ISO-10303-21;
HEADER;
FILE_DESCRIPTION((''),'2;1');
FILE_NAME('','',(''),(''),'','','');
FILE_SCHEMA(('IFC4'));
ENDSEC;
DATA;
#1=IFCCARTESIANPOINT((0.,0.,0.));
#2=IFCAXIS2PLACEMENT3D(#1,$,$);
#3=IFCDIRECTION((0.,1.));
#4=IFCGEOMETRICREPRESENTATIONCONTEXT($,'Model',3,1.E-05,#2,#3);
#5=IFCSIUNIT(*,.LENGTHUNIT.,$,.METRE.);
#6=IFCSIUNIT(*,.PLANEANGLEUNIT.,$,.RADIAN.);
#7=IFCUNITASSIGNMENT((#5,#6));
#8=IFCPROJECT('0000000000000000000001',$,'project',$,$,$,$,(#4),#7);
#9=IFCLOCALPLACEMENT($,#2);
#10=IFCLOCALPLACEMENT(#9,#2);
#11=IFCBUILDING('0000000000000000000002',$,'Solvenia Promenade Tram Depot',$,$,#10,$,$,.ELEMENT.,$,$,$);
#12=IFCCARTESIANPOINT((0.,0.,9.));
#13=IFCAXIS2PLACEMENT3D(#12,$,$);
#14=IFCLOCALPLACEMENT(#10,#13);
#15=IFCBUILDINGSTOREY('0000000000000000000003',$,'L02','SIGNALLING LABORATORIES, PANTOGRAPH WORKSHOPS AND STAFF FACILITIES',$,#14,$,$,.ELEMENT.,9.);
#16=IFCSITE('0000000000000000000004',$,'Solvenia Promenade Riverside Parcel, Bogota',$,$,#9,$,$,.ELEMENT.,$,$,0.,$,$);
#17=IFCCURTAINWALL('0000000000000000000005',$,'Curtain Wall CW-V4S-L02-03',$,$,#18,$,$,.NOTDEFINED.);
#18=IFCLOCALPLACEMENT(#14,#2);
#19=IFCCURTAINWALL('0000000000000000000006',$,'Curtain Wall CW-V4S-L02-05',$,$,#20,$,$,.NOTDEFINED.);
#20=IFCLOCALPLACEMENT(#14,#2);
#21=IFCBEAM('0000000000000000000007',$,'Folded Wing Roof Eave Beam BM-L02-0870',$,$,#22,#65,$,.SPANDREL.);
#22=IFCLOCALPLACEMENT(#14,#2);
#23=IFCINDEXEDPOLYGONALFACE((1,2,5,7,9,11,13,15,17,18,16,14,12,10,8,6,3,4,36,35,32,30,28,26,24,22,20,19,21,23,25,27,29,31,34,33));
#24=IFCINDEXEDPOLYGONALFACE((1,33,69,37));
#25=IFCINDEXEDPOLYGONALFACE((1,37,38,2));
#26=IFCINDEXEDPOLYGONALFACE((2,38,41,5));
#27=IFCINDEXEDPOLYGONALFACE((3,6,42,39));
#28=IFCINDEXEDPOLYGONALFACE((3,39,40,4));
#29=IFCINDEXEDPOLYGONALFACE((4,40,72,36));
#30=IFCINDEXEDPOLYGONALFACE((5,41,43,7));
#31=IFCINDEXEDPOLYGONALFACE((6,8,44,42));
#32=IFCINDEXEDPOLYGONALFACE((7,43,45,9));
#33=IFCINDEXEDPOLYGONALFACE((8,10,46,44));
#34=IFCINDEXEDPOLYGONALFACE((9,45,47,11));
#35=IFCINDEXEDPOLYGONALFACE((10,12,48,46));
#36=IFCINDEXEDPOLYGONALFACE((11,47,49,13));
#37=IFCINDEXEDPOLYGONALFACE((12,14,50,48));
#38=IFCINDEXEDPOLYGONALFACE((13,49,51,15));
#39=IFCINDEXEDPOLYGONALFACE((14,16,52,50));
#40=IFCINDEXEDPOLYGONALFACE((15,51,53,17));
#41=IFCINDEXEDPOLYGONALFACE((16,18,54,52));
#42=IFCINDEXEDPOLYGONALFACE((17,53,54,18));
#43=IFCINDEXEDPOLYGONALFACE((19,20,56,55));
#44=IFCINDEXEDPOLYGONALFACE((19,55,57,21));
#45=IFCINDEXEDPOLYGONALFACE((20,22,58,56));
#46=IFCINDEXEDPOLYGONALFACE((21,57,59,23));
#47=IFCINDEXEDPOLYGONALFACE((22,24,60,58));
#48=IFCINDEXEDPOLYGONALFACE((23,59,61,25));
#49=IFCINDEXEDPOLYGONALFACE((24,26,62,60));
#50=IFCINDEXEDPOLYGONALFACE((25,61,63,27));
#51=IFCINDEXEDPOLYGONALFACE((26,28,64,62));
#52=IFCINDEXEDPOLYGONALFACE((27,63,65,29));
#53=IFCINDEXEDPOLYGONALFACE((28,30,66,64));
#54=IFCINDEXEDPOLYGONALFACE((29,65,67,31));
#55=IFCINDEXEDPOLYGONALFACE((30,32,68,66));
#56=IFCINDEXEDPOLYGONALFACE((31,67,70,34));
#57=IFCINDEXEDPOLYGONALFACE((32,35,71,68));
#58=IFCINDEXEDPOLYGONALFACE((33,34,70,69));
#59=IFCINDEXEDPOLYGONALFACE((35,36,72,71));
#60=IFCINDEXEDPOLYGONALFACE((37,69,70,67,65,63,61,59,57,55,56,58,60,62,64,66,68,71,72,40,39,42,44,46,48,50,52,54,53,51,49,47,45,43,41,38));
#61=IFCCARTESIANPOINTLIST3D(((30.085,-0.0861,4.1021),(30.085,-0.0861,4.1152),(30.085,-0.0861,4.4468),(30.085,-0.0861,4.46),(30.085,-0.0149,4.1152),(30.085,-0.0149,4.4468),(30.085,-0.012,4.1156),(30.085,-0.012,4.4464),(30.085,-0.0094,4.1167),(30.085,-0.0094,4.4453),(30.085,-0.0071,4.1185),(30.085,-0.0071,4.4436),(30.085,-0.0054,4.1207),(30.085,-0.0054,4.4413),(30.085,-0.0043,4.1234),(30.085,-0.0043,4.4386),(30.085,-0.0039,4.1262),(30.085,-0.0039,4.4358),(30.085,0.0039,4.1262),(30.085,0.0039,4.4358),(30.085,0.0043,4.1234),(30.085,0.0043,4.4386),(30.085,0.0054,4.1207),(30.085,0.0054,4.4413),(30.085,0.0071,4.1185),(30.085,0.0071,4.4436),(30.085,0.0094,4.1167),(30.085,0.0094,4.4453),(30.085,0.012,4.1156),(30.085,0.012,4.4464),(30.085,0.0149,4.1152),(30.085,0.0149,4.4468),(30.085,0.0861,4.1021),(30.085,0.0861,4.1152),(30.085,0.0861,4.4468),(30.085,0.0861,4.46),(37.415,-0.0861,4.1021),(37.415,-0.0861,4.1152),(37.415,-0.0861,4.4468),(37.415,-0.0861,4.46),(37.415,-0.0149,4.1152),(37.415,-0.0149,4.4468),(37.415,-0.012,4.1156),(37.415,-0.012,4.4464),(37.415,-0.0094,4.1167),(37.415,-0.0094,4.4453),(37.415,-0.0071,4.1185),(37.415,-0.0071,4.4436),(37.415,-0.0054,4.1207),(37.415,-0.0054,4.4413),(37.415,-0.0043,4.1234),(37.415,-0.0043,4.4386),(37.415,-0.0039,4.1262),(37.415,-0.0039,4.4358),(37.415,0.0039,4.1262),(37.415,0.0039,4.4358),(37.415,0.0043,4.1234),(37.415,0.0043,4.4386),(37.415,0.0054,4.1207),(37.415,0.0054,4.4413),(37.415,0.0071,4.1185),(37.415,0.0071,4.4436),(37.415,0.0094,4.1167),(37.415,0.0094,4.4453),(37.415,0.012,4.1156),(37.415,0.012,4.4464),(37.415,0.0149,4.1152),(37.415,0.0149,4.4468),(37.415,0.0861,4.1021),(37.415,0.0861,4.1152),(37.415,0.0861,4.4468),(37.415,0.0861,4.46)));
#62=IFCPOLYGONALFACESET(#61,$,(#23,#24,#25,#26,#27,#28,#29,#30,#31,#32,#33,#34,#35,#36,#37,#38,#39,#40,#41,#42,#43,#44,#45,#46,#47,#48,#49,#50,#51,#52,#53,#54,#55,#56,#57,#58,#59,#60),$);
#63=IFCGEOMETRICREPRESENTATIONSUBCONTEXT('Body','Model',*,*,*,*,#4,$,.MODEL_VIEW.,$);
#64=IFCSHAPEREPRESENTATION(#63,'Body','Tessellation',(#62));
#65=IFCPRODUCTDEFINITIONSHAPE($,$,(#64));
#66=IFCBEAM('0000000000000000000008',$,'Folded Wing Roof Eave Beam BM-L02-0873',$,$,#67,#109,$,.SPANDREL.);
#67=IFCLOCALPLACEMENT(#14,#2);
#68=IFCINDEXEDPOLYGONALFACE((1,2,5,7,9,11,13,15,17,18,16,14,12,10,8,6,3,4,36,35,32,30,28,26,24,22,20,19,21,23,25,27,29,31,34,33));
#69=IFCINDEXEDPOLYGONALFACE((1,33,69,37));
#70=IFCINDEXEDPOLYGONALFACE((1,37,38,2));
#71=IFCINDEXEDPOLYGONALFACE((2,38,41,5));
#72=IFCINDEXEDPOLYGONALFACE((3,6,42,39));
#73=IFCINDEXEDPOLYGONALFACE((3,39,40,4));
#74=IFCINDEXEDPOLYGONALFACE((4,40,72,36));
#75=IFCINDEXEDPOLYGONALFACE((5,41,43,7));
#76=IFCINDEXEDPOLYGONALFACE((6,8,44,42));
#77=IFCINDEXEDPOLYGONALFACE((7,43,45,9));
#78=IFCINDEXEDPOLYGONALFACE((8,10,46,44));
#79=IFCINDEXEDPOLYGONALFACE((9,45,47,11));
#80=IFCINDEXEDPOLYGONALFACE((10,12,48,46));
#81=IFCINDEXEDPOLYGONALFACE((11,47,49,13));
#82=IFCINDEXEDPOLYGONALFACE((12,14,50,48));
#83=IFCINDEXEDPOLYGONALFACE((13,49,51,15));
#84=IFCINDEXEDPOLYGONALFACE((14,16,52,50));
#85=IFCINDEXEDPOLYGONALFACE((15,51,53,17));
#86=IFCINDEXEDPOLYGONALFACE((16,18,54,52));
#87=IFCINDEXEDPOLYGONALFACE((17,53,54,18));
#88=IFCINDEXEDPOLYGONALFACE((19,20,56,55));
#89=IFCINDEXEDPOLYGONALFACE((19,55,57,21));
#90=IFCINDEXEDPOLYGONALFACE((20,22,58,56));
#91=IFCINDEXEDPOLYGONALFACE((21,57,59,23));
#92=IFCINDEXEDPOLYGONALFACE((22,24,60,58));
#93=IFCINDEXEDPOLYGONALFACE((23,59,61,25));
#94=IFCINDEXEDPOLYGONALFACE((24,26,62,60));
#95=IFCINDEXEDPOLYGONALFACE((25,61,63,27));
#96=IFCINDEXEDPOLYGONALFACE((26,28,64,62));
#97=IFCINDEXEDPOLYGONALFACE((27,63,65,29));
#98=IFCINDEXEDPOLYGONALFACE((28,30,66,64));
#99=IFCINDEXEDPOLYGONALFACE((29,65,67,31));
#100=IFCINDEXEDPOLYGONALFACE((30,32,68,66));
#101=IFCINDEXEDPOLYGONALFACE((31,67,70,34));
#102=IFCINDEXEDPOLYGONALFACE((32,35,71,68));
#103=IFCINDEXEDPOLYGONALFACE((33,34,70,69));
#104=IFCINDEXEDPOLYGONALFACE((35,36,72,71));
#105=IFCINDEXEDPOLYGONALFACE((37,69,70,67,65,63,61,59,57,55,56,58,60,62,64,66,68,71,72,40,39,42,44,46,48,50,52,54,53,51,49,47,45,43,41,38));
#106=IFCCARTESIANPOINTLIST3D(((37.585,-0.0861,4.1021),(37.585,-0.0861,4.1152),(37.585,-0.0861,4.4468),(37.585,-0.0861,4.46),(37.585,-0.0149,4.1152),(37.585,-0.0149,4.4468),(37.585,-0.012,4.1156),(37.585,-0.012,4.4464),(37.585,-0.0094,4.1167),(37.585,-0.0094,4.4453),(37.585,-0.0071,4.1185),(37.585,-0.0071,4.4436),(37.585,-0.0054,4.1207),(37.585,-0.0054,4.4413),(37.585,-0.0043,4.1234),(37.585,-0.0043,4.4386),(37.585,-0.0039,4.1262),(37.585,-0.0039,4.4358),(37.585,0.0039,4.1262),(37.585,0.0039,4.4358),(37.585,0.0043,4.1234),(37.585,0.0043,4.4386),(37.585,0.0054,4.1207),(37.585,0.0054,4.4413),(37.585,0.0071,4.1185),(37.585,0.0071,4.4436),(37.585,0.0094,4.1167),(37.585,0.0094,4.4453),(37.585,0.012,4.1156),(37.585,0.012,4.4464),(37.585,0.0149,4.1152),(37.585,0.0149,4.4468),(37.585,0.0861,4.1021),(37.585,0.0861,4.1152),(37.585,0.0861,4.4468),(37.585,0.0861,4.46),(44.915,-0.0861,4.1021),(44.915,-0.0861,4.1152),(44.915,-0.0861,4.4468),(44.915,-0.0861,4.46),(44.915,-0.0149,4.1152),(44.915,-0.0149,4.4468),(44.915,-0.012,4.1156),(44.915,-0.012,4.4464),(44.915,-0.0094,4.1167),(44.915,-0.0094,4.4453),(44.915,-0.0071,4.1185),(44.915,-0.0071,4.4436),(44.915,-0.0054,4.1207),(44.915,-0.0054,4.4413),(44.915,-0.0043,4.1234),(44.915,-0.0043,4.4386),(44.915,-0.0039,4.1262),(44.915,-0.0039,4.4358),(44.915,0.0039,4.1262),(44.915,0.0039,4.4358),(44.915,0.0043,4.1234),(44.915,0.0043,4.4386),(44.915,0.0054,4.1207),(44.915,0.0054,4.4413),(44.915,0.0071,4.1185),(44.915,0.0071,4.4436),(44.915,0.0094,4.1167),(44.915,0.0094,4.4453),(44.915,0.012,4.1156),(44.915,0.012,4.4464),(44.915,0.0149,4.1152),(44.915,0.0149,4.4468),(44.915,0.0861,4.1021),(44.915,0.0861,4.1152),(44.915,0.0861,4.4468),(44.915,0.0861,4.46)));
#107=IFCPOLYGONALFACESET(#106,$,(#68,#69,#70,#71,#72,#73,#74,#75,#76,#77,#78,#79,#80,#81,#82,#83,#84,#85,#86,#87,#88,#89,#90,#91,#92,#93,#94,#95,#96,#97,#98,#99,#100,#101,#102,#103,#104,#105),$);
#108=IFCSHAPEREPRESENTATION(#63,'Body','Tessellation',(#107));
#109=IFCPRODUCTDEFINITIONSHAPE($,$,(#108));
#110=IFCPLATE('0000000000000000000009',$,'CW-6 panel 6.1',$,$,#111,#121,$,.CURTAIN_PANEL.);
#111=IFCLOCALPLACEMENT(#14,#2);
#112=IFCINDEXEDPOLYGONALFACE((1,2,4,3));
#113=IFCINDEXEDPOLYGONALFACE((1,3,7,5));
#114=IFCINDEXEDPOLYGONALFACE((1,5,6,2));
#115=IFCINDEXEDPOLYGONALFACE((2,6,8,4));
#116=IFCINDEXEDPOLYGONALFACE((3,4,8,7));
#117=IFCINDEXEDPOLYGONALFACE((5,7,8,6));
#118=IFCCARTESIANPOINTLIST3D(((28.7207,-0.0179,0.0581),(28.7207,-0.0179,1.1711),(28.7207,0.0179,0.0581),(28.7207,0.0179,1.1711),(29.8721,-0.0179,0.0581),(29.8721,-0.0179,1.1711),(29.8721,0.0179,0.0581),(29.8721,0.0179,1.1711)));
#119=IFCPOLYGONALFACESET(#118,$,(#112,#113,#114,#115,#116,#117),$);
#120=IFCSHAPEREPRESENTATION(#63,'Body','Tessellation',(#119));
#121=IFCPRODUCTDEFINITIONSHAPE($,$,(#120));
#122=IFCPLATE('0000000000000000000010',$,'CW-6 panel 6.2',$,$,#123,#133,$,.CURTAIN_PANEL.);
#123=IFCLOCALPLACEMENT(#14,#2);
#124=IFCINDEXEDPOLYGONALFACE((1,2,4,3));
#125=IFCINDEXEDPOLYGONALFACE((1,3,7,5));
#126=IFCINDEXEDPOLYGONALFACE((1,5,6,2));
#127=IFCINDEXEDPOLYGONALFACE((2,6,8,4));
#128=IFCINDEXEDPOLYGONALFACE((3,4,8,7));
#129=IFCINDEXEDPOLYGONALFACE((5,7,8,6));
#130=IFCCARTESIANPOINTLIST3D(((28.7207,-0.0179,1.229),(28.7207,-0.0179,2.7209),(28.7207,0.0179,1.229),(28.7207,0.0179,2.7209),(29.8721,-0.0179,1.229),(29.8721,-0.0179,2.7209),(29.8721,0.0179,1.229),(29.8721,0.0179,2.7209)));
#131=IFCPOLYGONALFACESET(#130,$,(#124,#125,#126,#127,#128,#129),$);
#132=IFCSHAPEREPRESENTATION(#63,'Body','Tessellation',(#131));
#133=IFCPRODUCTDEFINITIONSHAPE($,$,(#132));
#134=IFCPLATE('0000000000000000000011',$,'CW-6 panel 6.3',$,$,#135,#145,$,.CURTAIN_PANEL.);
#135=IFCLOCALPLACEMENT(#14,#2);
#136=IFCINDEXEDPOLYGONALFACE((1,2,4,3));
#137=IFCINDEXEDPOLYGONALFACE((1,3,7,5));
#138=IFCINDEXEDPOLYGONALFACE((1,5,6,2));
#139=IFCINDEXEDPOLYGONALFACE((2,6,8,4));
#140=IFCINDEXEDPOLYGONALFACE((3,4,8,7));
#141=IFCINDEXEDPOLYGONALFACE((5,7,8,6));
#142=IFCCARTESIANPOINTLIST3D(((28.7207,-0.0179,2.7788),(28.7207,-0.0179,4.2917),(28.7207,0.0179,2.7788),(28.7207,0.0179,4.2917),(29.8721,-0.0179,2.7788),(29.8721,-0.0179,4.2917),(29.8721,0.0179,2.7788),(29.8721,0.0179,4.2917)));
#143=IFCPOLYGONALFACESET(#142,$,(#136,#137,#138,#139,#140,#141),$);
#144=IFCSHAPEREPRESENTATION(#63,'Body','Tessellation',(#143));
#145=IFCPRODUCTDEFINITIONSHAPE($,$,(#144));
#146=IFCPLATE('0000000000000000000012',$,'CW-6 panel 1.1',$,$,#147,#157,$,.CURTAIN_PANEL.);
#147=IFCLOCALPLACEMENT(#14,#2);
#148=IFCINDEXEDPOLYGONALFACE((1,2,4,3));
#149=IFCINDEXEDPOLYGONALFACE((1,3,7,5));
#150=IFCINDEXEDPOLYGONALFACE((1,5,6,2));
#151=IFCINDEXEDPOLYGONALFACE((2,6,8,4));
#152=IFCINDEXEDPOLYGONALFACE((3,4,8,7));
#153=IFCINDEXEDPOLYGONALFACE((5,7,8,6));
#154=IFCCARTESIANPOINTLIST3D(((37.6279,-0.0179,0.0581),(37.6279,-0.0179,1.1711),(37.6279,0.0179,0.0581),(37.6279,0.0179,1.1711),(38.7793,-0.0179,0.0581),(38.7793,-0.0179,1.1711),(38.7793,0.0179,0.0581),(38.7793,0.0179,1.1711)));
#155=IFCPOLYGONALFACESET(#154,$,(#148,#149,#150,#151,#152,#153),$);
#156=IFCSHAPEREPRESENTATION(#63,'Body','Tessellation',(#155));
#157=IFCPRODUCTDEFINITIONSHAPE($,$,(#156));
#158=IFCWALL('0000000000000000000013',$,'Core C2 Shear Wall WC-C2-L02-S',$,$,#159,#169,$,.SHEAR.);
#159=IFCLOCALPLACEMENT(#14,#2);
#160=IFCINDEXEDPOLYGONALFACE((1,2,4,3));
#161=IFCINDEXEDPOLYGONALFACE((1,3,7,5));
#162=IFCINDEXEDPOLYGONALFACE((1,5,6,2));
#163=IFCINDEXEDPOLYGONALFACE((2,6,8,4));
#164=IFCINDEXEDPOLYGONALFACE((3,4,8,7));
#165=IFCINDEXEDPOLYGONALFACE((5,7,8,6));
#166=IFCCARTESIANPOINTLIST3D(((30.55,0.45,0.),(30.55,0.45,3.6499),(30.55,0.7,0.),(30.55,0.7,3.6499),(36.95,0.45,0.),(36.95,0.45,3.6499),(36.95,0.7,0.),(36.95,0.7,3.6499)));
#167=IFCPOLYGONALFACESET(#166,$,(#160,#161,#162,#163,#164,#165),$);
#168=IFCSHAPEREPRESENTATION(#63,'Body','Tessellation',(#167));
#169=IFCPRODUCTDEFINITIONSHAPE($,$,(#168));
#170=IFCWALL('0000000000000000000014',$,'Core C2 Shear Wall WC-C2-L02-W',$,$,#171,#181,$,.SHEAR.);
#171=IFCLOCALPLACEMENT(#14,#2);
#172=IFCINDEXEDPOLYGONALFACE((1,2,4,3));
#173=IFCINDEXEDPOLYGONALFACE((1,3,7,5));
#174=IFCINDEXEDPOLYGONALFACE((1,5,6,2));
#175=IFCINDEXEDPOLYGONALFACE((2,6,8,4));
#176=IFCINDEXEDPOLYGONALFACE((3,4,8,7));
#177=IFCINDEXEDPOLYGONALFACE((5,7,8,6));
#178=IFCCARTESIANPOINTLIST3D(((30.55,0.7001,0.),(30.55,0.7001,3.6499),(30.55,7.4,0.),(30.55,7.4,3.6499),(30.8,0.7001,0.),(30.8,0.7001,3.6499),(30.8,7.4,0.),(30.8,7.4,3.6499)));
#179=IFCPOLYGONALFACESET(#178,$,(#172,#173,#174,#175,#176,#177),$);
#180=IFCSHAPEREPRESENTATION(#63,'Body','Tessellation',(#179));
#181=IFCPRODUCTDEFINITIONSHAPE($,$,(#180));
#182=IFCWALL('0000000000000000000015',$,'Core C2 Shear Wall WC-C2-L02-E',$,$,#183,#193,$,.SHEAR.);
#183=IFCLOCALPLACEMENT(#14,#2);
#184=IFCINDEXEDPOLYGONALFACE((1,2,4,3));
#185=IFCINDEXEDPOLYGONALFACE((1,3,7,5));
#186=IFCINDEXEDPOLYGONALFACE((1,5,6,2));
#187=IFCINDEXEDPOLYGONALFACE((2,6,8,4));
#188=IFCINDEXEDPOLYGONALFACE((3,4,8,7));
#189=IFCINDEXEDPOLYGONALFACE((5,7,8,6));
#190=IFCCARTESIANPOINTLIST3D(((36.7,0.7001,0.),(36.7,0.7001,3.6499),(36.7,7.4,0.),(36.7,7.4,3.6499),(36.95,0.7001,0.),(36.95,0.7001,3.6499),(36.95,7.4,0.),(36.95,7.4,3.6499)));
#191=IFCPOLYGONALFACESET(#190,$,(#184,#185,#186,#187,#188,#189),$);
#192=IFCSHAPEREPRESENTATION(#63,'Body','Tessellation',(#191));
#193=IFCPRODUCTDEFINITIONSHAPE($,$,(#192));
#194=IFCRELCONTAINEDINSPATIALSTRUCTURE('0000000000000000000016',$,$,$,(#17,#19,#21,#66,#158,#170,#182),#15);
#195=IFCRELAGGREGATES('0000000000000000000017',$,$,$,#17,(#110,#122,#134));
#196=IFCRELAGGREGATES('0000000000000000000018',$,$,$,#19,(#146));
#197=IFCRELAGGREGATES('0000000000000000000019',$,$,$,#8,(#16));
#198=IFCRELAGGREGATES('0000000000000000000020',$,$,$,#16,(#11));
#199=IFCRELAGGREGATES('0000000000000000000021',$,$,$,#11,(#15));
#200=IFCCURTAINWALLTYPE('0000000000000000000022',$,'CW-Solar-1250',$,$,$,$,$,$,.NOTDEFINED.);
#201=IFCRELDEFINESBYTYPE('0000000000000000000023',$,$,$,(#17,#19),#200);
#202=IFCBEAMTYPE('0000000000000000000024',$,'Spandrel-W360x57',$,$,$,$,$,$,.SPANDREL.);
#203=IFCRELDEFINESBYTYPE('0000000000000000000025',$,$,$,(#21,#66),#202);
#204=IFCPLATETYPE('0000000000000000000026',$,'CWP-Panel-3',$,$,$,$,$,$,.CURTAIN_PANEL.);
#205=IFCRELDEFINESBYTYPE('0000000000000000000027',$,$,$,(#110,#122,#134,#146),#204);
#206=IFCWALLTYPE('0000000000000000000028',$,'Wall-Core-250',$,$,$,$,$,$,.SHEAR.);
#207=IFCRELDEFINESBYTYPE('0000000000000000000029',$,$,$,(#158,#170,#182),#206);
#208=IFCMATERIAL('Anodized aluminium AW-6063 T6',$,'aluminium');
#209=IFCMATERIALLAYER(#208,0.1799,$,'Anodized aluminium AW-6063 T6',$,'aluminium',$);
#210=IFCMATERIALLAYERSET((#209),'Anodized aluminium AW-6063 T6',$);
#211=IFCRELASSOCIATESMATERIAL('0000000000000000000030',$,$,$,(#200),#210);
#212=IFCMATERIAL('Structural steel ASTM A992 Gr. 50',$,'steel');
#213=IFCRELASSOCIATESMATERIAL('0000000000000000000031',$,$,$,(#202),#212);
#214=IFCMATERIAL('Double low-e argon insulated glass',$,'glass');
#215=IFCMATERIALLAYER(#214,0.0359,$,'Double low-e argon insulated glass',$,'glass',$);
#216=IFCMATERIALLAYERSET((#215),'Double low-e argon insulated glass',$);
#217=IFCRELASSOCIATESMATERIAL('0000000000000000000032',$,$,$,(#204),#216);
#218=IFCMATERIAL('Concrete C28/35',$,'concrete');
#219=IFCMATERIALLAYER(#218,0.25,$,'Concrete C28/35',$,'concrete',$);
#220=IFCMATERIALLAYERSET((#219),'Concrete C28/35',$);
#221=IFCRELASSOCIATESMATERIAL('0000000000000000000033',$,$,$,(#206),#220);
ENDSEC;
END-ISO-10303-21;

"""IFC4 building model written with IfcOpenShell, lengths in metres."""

from ifc_helpers import new_model, si_unit, direction, frame, frame_2d, origin, origin_2d, place, context, subcontext, project, spatial, rectangle, i_section, extrude, material, layer, layer_set, material_profile, profile_set, type_object, element, aggregate, save


model = new_model("IFC4")

# Units and contexts
model_context = context("Model", 3, precision=1e-05, world=origin(), true_north=direction((0.0, 1.0)))
body_context = subcontext(model_context, "Body", "Model", "MODEL_VIEW")
ifc_project = project(units=[si_unit("LENGTHUNIT", "METRE"), si_unit("PLANEANGLEUNIT", "RADIAN")], contexts=[model_context])

# Site, building, storey
site_placement = place(None, origin())
site = spatial("IfcSite", under=ifc_project, at=site_placement, Name="Solvenia Promenade Riverside Parcel, Bogota", CompositionType="ELEMENT", RefElevation=0.0)
building_placement = place(site_placement, origin())
building = spatial("IfcBuilding", under=site, at=building_placement, Name="Solvenia Promenade Tram Depot", CompositionType="ELEMENT")
storey_placement = place(building_placement, frame((0.0, 0.0, 9.0)))
storey = spatial("IfcBuildingStorey", under=building, at=storey_placement, Name="L02", Description="SIGNALLING LABORATORIES, PANTOGRAPH WORKSHOPS AND STAFF FACILITIES", CompositionType="ELEMENT", Elevation=9.0)

# Shared definitions
ifc_material_1 = material(Name="Structural steel ASTM A992 Gr. 50", Category="steel")

# Curtain wall
ifc_material_2 = material(Name="Anodized aluminium AW-6063 T6", Category="aluminium")
ifc_layer_1 = layer(ifc_material_2, 0.1799, Name="Anodized aluminium AW-6063 T6", Category="aluminium")
ifc_layer_set_1 = layer_set([ifc_layer_1], Name="Anodized aluminium AW-6063 T6")
curtain_wall_type = type_object("IfcCurtainWallType", Name="CW-Solar-1250", PredefinedType="NOTDEFINED", material=ifc_layer_set_1)
curtain_wall_1_placement = place(storey_placement, origin())
curtain_wall_1 = element("IfcCurtainWall", 1, at=curtain_wall_1_placement, inside=storey, type_object=curtain_wall_type, Name="Curtain Wall CW-V4S-L02-03", PredefinedType="NOTDEFINED")

# Curtain wall
curtain_wall_2_placement = place(storey_placement, origin())
curtain_wall_2 = element("IfcCurtainWall", 2, at=curtain_wall_2_placement, inside=storey, type_object=curtain_wall_type, Name="Curtain Wall CW-V4S-L02-05", PredefinedType="NOTDEFINED")

# Beams
ifc_material_profile_1 = material_profile(ifc_material_1, i_section(OverallWidth=0.1721, OverallDepth=0.3579, WebThickness=0.0078, FlangeThickness=0.0132, FilletRadius=0.011, at=origin_2d()), Name="W360x57", Category="steel")
ifc_profile_set_1 = profile_set([ifc_material_profile_1], Name="Structural steel ASTM A992 Gr. 50")
beam_type_1 = type_object("IfcBeamType", Name="Spandrel-W360x57", PredefinedType="SPANDREL", material=ifc_profile_set_1)
for number, where, z_axis, x_axis, name in (
    (3, (30.085, 0.0, 4.281), (1.0, 0.0, 0.0), (0.0, 1.0, 0.0), "Folded Wing Roof Eave Beam BM-L02-0870"),
    (4, (37.585, 0.0, 4.281), (1.0, 0.0, 0.0), (0.0, 1.0, 0.0), "Folded Wing Roof Eave Beam BM-L02-0873"),
):
    element("IfcBeam", number, at=place(storey_placement, frame(where, z_axis=z_axis, x_axis=x_axis)), inside=storey, type_object=beam_type_1, Name=name, PredefinedType="SPANDREL", context=body_context, shape_type="SweptSolid", body=[
        extrude(i_section(OverallWidth=0.1721, OverallDepth=0.3579, WebThickness=0.0078, FlangeThickness=0.0132, FilletRadius=0.011, at=origin_2d()), origin(), (0.0, 0.0, 1.0), 7.3301),
    ])

# Plates
ifc_material_3 = material(Name="Double low-e argon insulated glass", Category="glass")
ifc_layer_2 = layer(ifc_material_3, 0.0359, Name="Double low-e argon insulated glass", Category="glass")
ifc_layer_set_2 = layer_set([ifc_layer_2], Name="Double low-e argon insulated glass")
plate_type = type_object("IfcPlateType", Name="CWP-Panel-3", PredefinedType="CURTAIN_PANEL", material=ifc_layer_set_2)
plate_1_placement = place(storey_placement, frame((29.2964, 0.0, 0.0581), z_axis=(0.0, 0.0, 1.0), x_axis=(1.0, 0.0, 0.0)))
plate_1 = element("IfcPlate", 5, at=plate_1_placement, type_object=plate_type, Name="CW-6 panel 6.1", PredefinedType="CURTAIN_PANEL", context=body_context, shape_type="SweptSolid", body=[
    extrude(rectangle(XDim=1.1514, YDim=0.0359, at=origin_2d()), origin(), (0.0, 0.0, 1.0), 1.113),
])
plate_2_placement = place(storey_placement, frame((29.2964, 0.0, 1.229), z_axis=(0.0, 0.0, 1.0), x_axis=(1.0, 0.0, 0.0)))
plate_2 = element("IfcPlate", 6, at=plate_2_placement, type_object=plate_type, Name="CW-6 panel 6.2", PredefinedType="CURTAIN_PANEL", context=body_context, shape_type="SweptSolid", body=[
    extrude(rectangle(XDim=1.1514, YDim=0.0359, at=origin_2d()), origin(), (0.0, 0.0, 1.0), 1.4919),
])
plate_3_placement = place(storey_placement, frame((29.2964, 0.0, 2.7788), z_axis=(0.0, 0.0, 1.0), x_axis=(1.0, 0.0, 0.0)))
plate_3 = element("IfcPlate", 7, at=plate_3_placement, type_object=plate_type, Name="CW-6 panel 6.3", PredefinedType="CURTAIN_PANEL", context=body_context, shape_type="SweptSolid", body=[
    extrude(rectangle(XDim=1.1514, YDim=0.0359, at=origin_2d()), origin(), (0.0, 0.0, 1.0), 1.5129),
])
aggregate(curtain_wall_1, [plate_1, plate_2, plate_3])
plate_4_placement = place(storey_placement, frame((38.2036, 0.0, 0.0581), z_axis=(0.0, 0.0, 1.0), x_axis=(1.0, 0.0, 0.0)))
plate_4 = element("IfcPlate", 8, at=plate_4_placement, type_object=plate_type, Name="CW-6 panel 1.1", PredefinedType="CURTAIN_PANEL", context=body_context, shape_type="SweptSolid", body=[
    extrude(rectangle(XDim=1.1514, YDim=0.0359, at=origin_2d()), origin(), (0.0, 0.0, 1.0), 1.113),
])
aggregate(curtain_wall_2, [plate_4])

# Walls
ifc_material_4 = material(Name="Concrete C28/35", Category="concrete")
ifc_layer_3 = layer(ifc_material_4, 0.25, Name="Concrete C28/35", Category="concrete")
ifc_layer_set_3 = layer_set([ifc_layer_3], Name="Concrete C28/35")
wall_type_1 = type_object("IfcWallType", Name="Wall-Core-250", PredefinedType="SHEAR", material=ifc_layer_set_3)
wall_1_placement = place(storey_placement, frame((30.55, 0.575, 0.0), z_axis=(0.0, 0.0, 1.0), x_axis=(1.0, 0.0, 0.0)))
element("IfcWall", 9, at=wall_1_placement, inside=storey, type_object=wall_type_1, Name="Core C2 Shear Wall WC-C2-L02-S", PredefinedType="SHEAR", context=body_context, shape_type="SweptSolid", body=[
    extrude(rectangle(XDim=6.3999, YDim=0.25, at=frame_2d((3.2, 0.0))), origin(), (0.0, 0.0, 1.0), 3.6499),
])
for number, where, z_axis, x_axis, name in (
    (10, (30.675, 0.7, 0.0), (0.0, 0.0, 1.0), (0.0, 1.0, 0.0), "Core C2 Shear Wall WC-C2-L02-W"),
    (11, (36.825, 0.7, 0.0), (0.0, 0.0, 1.0), (0.0, 1.0, 0.0), "Core C2 Shear Wall WC-C2-L02-E"),
):
    element("IfcWall", number, at=place(storey_placement, frame(where, z_axis=z_axis, x_axis=x_axis)), inside=storey, type_object=wall_type_1, Name=name, PredefinedType="SHEAR", context=body_context, shape_type="SweptSolid", body=[
        extrude(rectangle(XDim=6.7, YDim=0.25, at=frame_2d((3.3501, 0.0))), origin(), (0.0, 0.0, 1.0), 3.6499),
    ])

save(model, "model.ifc")
